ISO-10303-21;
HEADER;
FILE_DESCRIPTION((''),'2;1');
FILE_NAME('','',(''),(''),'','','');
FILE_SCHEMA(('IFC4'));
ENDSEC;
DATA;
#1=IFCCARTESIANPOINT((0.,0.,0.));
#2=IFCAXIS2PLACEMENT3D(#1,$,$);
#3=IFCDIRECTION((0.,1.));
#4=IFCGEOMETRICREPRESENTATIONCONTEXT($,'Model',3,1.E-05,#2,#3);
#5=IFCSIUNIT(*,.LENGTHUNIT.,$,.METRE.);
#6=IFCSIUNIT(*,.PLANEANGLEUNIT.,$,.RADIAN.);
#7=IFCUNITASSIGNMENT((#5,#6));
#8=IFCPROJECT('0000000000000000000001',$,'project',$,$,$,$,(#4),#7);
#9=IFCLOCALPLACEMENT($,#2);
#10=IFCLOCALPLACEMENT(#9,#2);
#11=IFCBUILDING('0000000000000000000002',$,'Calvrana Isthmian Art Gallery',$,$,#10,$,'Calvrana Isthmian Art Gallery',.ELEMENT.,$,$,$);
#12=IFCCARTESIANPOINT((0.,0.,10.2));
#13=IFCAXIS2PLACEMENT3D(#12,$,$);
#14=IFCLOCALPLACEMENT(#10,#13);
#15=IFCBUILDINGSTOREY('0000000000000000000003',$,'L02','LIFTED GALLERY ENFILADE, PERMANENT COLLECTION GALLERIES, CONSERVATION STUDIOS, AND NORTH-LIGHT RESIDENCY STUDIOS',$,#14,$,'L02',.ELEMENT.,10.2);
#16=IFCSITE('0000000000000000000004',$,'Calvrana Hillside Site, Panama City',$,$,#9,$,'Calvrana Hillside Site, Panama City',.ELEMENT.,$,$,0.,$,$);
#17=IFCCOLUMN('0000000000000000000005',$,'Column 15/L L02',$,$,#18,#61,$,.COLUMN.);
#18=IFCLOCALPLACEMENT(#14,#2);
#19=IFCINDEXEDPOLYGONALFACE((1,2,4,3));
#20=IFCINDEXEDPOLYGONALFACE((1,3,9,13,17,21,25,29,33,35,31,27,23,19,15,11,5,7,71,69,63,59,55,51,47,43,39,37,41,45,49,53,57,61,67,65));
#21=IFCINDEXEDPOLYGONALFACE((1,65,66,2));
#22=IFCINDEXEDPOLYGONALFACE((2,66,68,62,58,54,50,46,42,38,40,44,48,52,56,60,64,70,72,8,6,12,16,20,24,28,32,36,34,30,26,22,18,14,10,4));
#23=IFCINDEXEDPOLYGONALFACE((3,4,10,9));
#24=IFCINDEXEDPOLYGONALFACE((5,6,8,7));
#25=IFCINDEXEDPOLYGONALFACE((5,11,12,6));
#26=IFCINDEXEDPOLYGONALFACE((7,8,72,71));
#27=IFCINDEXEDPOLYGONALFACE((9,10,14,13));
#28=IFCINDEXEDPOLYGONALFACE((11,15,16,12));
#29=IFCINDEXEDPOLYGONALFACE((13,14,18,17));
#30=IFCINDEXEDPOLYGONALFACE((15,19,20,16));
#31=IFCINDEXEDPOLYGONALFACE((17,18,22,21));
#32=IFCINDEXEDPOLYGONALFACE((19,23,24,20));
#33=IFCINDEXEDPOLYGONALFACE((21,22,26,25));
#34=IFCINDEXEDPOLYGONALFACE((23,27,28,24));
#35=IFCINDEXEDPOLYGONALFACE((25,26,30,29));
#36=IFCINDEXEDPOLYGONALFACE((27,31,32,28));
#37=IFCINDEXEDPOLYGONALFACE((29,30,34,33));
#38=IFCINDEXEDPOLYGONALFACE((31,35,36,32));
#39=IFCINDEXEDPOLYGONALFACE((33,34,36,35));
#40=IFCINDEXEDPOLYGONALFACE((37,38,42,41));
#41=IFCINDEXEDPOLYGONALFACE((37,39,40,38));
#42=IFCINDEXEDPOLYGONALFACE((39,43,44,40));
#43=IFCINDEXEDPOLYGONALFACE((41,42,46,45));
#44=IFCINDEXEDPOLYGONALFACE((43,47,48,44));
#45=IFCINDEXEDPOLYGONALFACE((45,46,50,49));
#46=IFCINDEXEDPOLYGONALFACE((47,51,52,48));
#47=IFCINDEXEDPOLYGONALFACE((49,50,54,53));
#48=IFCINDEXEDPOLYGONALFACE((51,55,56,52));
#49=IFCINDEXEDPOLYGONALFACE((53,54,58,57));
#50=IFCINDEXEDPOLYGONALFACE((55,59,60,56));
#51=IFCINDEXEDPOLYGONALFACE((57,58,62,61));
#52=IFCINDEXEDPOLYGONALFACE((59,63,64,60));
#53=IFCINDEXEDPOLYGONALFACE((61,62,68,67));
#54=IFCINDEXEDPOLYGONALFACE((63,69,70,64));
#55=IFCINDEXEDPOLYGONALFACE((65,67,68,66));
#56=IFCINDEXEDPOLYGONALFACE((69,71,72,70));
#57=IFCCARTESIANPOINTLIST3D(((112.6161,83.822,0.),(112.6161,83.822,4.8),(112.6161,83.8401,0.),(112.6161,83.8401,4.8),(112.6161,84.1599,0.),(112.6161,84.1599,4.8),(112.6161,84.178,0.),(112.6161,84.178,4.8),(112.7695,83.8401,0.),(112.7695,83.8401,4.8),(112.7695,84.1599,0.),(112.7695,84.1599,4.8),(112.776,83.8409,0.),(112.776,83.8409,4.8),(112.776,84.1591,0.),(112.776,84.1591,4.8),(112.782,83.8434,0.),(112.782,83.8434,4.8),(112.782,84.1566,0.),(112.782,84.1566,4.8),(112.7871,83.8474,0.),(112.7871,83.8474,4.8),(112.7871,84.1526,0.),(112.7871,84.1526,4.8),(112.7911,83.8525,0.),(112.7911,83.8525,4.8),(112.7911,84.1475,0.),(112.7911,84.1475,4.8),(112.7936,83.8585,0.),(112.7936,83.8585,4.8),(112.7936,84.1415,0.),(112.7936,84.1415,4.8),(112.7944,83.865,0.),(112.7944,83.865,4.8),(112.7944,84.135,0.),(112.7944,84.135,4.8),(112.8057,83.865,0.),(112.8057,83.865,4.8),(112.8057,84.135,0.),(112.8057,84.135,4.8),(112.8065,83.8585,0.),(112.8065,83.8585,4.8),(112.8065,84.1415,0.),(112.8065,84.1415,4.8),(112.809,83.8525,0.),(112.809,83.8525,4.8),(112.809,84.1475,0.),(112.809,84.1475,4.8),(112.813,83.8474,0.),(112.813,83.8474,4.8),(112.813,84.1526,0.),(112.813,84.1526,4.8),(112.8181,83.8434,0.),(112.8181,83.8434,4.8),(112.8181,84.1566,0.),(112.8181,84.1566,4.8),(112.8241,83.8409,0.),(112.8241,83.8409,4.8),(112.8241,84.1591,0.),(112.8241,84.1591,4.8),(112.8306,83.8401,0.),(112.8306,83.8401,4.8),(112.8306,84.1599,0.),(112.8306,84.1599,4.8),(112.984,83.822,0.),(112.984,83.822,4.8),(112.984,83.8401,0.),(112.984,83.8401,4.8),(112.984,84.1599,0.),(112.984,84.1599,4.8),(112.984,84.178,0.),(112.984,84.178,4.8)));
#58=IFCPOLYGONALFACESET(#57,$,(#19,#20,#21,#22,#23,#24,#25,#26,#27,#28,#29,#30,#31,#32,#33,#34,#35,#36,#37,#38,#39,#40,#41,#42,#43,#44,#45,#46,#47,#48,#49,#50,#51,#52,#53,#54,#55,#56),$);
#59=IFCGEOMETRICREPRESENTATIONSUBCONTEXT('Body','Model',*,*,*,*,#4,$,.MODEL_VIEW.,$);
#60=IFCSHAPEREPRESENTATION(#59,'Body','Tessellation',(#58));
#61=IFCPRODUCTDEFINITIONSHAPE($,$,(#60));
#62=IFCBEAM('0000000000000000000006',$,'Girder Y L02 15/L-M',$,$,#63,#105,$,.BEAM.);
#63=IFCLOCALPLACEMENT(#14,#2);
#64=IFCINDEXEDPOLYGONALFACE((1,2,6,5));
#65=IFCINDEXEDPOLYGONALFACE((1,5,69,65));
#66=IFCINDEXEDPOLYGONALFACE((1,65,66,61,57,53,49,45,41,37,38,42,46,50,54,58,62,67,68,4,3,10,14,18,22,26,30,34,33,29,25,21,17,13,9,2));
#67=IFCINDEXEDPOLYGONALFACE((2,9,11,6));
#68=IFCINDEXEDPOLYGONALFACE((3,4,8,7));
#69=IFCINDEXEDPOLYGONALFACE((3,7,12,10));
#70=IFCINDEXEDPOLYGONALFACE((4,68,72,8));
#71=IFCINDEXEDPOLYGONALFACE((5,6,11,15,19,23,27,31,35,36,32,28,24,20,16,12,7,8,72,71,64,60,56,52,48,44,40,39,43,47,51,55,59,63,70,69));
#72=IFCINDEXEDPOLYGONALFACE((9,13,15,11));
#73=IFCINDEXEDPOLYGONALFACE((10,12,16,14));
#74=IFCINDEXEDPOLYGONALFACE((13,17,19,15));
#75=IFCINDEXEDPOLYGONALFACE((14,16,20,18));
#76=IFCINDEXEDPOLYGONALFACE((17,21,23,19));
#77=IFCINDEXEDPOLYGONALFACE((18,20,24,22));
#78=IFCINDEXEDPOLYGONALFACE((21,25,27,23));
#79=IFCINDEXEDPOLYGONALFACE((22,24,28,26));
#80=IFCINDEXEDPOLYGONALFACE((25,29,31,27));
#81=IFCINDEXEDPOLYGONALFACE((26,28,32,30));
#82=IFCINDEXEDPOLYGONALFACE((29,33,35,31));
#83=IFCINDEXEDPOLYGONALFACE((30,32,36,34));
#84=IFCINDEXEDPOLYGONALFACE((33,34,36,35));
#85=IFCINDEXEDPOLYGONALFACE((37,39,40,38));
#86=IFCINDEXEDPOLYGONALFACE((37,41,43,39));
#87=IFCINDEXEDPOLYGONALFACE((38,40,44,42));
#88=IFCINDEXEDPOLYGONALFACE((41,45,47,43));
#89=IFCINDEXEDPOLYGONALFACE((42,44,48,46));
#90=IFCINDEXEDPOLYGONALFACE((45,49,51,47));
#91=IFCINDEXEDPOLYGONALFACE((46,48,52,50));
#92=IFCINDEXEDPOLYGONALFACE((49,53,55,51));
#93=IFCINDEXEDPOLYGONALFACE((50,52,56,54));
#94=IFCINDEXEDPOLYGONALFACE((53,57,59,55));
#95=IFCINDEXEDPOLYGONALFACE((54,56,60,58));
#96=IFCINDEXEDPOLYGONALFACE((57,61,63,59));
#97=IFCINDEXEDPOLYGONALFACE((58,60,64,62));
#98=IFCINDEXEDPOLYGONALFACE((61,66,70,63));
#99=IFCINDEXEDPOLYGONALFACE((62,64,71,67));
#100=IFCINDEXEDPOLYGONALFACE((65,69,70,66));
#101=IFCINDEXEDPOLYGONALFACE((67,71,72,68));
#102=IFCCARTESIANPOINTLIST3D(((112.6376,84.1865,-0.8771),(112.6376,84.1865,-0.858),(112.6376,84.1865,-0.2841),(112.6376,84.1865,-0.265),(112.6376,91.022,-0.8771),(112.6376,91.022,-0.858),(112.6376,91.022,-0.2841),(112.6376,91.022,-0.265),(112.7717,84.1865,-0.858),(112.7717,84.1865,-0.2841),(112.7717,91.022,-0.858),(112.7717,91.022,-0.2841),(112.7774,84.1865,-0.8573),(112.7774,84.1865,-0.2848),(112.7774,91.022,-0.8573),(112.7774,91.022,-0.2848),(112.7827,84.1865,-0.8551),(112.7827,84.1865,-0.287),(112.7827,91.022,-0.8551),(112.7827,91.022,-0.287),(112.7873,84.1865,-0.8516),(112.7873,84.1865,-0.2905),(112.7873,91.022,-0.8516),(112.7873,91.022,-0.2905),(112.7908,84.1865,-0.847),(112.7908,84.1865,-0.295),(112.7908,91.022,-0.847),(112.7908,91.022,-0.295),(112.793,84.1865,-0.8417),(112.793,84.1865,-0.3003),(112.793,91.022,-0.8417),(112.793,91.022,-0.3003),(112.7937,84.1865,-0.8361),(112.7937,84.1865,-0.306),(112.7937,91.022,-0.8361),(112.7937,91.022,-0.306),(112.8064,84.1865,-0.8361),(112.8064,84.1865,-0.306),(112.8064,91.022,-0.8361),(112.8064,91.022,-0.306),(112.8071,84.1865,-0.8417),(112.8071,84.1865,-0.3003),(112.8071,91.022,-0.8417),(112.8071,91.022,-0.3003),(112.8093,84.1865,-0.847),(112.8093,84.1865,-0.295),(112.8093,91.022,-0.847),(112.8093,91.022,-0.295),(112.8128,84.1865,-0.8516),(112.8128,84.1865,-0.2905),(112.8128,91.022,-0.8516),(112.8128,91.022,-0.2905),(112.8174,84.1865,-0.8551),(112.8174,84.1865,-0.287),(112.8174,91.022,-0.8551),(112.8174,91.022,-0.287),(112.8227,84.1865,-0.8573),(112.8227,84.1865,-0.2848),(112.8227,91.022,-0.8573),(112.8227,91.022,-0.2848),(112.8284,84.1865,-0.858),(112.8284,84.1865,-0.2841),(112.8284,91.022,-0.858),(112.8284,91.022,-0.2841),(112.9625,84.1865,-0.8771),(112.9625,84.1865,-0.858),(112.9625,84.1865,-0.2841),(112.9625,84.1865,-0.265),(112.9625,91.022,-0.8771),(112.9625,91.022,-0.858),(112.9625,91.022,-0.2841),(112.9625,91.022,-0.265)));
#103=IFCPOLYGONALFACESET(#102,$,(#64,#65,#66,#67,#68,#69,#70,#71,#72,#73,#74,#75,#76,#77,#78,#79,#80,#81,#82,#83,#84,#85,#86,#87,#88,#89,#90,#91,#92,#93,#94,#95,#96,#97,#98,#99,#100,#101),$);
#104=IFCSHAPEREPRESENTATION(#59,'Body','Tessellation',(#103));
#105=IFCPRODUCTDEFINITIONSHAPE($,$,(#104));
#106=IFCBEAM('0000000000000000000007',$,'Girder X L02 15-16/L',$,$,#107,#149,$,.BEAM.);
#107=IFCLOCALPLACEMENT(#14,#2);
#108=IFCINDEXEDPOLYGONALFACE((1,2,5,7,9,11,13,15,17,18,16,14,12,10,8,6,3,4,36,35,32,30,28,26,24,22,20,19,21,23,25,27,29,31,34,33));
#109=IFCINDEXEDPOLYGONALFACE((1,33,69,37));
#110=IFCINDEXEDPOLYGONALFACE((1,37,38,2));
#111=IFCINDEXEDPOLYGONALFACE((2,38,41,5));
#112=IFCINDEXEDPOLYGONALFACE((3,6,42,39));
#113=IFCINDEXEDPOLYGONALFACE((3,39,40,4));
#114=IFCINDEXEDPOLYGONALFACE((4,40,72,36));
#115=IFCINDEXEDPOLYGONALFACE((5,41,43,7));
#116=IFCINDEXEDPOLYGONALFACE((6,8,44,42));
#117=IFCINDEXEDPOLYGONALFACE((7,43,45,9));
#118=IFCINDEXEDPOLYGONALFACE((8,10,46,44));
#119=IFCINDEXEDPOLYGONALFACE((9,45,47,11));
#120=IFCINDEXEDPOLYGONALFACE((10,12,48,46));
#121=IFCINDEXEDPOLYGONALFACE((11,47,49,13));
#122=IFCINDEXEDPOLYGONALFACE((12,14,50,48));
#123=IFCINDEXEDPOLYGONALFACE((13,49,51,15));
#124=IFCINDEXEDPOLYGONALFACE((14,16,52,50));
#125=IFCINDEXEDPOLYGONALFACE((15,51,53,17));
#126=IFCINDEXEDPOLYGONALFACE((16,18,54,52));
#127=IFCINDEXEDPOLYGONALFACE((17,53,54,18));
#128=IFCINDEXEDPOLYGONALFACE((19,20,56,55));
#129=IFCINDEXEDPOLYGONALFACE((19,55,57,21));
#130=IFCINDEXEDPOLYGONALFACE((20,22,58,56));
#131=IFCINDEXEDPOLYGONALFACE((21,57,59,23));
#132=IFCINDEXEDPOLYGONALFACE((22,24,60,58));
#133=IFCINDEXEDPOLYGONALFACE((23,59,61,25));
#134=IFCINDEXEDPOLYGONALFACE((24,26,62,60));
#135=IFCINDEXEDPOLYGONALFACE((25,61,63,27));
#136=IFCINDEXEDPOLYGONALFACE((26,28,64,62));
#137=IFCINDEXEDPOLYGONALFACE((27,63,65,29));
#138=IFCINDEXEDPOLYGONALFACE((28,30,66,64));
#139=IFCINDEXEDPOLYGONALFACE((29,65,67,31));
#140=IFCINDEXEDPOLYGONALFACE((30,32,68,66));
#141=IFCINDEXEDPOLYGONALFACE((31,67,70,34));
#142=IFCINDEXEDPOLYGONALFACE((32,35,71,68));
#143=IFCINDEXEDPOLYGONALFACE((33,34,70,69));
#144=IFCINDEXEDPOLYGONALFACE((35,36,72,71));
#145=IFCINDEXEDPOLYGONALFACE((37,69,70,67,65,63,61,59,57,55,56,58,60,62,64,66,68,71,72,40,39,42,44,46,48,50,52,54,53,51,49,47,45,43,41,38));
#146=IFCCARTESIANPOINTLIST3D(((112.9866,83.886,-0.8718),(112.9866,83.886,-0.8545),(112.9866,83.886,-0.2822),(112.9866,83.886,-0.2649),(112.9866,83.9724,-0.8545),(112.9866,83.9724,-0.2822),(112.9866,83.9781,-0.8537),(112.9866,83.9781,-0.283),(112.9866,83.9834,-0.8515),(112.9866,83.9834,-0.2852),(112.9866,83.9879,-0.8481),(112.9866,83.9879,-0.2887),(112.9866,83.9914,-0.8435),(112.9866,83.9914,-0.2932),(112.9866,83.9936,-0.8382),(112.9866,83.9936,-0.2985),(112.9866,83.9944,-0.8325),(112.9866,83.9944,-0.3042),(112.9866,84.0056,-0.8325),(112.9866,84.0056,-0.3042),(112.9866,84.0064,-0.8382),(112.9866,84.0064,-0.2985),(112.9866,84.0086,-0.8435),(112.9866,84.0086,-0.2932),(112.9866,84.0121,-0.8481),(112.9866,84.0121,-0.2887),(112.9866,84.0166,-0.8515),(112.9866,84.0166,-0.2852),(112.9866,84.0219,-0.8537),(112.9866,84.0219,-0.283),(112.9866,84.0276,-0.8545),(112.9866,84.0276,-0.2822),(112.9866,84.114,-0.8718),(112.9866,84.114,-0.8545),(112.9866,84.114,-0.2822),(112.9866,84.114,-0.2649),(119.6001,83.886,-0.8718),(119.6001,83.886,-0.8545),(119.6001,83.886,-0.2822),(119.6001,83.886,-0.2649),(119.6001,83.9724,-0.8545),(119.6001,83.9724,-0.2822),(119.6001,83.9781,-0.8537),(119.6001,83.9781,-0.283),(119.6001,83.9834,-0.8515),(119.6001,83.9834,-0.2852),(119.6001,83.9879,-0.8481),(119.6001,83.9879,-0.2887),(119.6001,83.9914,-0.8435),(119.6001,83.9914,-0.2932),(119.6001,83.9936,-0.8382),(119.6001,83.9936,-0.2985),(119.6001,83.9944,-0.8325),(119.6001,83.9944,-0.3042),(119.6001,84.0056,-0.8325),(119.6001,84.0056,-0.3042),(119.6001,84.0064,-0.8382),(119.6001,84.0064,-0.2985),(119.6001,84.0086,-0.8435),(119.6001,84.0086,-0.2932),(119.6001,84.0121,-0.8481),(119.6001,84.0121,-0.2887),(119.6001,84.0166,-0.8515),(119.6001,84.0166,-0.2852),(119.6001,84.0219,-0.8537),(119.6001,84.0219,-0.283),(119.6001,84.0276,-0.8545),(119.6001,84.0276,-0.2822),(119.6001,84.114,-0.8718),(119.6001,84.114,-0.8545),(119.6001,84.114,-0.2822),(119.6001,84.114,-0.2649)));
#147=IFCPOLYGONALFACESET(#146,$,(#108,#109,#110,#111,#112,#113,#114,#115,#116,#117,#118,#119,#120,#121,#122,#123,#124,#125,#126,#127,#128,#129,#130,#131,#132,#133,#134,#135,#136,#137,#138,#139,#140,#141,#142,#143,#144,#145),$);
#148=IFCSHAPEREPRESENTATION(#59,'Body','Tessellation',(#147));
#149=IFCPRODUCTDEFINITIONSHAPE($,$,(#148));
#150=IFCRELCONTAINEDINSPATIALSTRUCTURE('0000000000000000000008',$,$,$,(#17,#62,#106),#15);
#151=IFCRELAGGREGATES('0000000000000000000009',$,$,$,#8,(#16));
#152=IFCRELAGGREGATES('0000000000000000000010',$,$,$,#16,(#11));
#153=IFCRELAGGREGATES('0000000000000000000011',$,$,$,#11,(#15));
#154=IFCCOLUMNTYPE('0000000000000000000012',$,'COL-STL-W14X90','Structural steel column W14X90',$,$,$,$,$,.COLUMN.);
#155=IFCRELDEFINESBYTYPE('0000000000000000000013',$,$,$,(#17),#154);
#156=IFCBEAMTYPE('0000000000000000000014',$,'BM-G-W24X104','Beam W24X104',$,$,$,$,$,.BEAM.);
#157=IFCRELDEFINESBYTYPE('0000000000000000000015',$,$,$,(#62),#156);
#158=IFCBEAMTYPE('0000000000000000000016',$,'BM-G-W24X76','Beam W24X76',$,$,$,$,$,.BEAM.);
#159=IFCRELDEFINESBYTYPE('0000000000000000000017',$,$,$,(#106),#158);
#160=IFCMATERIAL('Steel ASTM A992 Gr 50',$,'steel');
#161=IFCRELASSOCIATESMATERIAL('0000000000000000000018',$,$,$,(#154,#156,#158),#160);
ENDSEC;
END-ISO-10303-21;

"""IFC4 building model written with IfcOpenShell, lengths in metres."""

from ifc_helpers import new_model, si_unit, direction, frame, origin, origin_2d, place, context, subcontext, project, spatial, i_section, extrude, material, material_profile, profile_set, type_object, element, save


model = new_model("IFC4")

# Units and contexts
model_context = context("Model", 3, precision=1e-05, world=origin(), true_north=direction((0.0, 1.0)))
body_context = subcontext(model_context, "Body", "Model", "MODEL_VIEW")
ifc_project = project(units=[si_unit("LENGTHUNIT", "METRE"), si_unit("PLANEANGLEUNIT", "RADIAN")], contexts=[model_context])

# Site, building, storey
site_placement = place(None, origin())
site = spatial("IfcSite", under=ifc_project, at=site_placement, Name="Calvrana Hillside Site, Panama City", LongName="Calvrana Hillside Site, Panama City", CompositionType="ELEMENT", RefElevation=0.0)
building_placement = place(site_placement, origin())
building = spatial("IfcBuilding", under=site, at=building_placement, Name="Calvrana Isthmian Art Gallery", LongName="Calvrana Isthmian Art Gallery", CompositionType="ELEMENT")
storey_placement = place(building_placement, frame((0.0, 0.0, 10.2)))
storey = spatial("IfcBuildingStorey", under=building, at=storey_placement, Name="L02", Description="LIFTED GALLERY ENFILADE, PERMANENT COLLECTION GALLERIES, CONSERVATION STUDIOS, AND NORTH-LIGHT RESIDENCY STUDIOS", LongName="L02", CompositionType="ELEMENT", Elevation=10.2)

# Column
ifc_material_1 = material(Name="Steel ASTM A992 Gr 50", Category="steel")
ifc_material_profile_1 = material_profile(ifc_material_1, i_section(OverallWidth=0.3679, OverallDepth=0.356, WebThickness=0.0112, FlangeThickness=0.0181, FilletRadius=0.0249, at=origin_2d()), Name="W14X90")
ifc_profile_set_1 = profile_set([ifc_material_profile_1], Name="Steel ASTM A992 Gr 50")
column_type = type_object("IfcColumnType", Name="COL-STL-W14X90", Description="Structural steel column W14X90", PredefinedType="COLUMN", material=ifc_profile_set_1)
column_placement = place(storey_placement, frame((112.8, 84.0, 0.0), z_axis=(0.0, 0.0, 1.0), x_axis=(1.0, 0.0, 0.0)))
element("IfcColumn", 1, at=column_placement, inside=storey, type_object=column_type, Name="Column 15/L L02", PredefinedType="COLUMN", context=body_context, shape_type="SweptSolid", body=[
    extrude(i_section(OverallWidth=0.3679, OverallDepth=0.356, WebThickness=0.0112, FlangeThickness=0.0181, FilletRadius=0.0249, at=origin_2d()), origin(), (0.0, 0.0, 1.0), 4.8),
])

# Beams
ifc_material_profile_2 = material_profile(ifc_material_1, i_section(OverallWidth=0.325, OverallDepth=0.6121, WebThickness=0.0127, FlangeThickness=0.019, FilletRadius=0.022, at=origin_2d()), Name="W24X104")
ifc_profile_set_2 = profile_set([ifc_material_profile_2], Name="Steel ASTM A992 Gr 50")
beam_type_1 = type_object("IfcBeamType", Name="BM-G-W24X104", Description="Beam W24X104", PredefinedType="BEAM", material=ifc_profile_set_2)
beam_1_placement = place(storey_placement, frame((112.8, 84.1865, -0.571), z_axis=(0.0, 1.0, 0.0), x_axis=(-1.0, 0.0, 0.0)))
element("IfcBeam", 2, at=beam_1_placement, inside=storey, type_object=beam_type_1, Name="Girder Y L02 15/L-M", PredefinedType="BEAM", context=body_context, shape_type="SweptSolid", body=[
    extrude(i_section(OverallWidth=0.325, OverallDepth=0.6121, WebThickness=0.0127, FlangeThickness=0.019, FilletRadius=0.022, at=origin_2d()), origin(), (0.0, 0.0, 1.0), 6.8354),
])
ifc_material_profile_3 = material_profile(ifc_material_1, i_section(OverallWidth=0.228, OverallDepth=0.6069, WebThickness=0.0112, FlangeThickness=0.0173, FilletRadius=0.022, at=origin_2d()), Name="W24X76")
ifc_profile_set_3 = profile_set([ifc_material_profile_3], Name="Steel ASTM A992 Gr 50")
beam_type_2 = type_object("IfcBeamType", Name="BM-G-W24X76", Description="Beam W24X76", PredefinedType="BEAM", material=ifc_profile_set_3)
beam_2_placement = place(storey_placement, frame((112.9866, 84.0, -0.5684), z_axis=(1.0, 0.0, 0.0), x_axis=(0.0, 1.0, 0.0)))
element("IfcBeam", 3, at=beam_2_placement, inside=storey, type_object=beam_type_2, Name="Girder X L02 15-16/L", PredefinedType="BEAM", context=body_context, shape_type="SweptSolid", body=[
    extrude(i_section(OverallWidth=0.228, OverallDepth=0.6069, WebThickness=0.0112, FlangeThickness=0.0173, FilletRadius=0.022, at=origin_2d()), origin(), (0.0, 0.0, 1.0), 6.6135),
])

save(model, "model.ifc")
